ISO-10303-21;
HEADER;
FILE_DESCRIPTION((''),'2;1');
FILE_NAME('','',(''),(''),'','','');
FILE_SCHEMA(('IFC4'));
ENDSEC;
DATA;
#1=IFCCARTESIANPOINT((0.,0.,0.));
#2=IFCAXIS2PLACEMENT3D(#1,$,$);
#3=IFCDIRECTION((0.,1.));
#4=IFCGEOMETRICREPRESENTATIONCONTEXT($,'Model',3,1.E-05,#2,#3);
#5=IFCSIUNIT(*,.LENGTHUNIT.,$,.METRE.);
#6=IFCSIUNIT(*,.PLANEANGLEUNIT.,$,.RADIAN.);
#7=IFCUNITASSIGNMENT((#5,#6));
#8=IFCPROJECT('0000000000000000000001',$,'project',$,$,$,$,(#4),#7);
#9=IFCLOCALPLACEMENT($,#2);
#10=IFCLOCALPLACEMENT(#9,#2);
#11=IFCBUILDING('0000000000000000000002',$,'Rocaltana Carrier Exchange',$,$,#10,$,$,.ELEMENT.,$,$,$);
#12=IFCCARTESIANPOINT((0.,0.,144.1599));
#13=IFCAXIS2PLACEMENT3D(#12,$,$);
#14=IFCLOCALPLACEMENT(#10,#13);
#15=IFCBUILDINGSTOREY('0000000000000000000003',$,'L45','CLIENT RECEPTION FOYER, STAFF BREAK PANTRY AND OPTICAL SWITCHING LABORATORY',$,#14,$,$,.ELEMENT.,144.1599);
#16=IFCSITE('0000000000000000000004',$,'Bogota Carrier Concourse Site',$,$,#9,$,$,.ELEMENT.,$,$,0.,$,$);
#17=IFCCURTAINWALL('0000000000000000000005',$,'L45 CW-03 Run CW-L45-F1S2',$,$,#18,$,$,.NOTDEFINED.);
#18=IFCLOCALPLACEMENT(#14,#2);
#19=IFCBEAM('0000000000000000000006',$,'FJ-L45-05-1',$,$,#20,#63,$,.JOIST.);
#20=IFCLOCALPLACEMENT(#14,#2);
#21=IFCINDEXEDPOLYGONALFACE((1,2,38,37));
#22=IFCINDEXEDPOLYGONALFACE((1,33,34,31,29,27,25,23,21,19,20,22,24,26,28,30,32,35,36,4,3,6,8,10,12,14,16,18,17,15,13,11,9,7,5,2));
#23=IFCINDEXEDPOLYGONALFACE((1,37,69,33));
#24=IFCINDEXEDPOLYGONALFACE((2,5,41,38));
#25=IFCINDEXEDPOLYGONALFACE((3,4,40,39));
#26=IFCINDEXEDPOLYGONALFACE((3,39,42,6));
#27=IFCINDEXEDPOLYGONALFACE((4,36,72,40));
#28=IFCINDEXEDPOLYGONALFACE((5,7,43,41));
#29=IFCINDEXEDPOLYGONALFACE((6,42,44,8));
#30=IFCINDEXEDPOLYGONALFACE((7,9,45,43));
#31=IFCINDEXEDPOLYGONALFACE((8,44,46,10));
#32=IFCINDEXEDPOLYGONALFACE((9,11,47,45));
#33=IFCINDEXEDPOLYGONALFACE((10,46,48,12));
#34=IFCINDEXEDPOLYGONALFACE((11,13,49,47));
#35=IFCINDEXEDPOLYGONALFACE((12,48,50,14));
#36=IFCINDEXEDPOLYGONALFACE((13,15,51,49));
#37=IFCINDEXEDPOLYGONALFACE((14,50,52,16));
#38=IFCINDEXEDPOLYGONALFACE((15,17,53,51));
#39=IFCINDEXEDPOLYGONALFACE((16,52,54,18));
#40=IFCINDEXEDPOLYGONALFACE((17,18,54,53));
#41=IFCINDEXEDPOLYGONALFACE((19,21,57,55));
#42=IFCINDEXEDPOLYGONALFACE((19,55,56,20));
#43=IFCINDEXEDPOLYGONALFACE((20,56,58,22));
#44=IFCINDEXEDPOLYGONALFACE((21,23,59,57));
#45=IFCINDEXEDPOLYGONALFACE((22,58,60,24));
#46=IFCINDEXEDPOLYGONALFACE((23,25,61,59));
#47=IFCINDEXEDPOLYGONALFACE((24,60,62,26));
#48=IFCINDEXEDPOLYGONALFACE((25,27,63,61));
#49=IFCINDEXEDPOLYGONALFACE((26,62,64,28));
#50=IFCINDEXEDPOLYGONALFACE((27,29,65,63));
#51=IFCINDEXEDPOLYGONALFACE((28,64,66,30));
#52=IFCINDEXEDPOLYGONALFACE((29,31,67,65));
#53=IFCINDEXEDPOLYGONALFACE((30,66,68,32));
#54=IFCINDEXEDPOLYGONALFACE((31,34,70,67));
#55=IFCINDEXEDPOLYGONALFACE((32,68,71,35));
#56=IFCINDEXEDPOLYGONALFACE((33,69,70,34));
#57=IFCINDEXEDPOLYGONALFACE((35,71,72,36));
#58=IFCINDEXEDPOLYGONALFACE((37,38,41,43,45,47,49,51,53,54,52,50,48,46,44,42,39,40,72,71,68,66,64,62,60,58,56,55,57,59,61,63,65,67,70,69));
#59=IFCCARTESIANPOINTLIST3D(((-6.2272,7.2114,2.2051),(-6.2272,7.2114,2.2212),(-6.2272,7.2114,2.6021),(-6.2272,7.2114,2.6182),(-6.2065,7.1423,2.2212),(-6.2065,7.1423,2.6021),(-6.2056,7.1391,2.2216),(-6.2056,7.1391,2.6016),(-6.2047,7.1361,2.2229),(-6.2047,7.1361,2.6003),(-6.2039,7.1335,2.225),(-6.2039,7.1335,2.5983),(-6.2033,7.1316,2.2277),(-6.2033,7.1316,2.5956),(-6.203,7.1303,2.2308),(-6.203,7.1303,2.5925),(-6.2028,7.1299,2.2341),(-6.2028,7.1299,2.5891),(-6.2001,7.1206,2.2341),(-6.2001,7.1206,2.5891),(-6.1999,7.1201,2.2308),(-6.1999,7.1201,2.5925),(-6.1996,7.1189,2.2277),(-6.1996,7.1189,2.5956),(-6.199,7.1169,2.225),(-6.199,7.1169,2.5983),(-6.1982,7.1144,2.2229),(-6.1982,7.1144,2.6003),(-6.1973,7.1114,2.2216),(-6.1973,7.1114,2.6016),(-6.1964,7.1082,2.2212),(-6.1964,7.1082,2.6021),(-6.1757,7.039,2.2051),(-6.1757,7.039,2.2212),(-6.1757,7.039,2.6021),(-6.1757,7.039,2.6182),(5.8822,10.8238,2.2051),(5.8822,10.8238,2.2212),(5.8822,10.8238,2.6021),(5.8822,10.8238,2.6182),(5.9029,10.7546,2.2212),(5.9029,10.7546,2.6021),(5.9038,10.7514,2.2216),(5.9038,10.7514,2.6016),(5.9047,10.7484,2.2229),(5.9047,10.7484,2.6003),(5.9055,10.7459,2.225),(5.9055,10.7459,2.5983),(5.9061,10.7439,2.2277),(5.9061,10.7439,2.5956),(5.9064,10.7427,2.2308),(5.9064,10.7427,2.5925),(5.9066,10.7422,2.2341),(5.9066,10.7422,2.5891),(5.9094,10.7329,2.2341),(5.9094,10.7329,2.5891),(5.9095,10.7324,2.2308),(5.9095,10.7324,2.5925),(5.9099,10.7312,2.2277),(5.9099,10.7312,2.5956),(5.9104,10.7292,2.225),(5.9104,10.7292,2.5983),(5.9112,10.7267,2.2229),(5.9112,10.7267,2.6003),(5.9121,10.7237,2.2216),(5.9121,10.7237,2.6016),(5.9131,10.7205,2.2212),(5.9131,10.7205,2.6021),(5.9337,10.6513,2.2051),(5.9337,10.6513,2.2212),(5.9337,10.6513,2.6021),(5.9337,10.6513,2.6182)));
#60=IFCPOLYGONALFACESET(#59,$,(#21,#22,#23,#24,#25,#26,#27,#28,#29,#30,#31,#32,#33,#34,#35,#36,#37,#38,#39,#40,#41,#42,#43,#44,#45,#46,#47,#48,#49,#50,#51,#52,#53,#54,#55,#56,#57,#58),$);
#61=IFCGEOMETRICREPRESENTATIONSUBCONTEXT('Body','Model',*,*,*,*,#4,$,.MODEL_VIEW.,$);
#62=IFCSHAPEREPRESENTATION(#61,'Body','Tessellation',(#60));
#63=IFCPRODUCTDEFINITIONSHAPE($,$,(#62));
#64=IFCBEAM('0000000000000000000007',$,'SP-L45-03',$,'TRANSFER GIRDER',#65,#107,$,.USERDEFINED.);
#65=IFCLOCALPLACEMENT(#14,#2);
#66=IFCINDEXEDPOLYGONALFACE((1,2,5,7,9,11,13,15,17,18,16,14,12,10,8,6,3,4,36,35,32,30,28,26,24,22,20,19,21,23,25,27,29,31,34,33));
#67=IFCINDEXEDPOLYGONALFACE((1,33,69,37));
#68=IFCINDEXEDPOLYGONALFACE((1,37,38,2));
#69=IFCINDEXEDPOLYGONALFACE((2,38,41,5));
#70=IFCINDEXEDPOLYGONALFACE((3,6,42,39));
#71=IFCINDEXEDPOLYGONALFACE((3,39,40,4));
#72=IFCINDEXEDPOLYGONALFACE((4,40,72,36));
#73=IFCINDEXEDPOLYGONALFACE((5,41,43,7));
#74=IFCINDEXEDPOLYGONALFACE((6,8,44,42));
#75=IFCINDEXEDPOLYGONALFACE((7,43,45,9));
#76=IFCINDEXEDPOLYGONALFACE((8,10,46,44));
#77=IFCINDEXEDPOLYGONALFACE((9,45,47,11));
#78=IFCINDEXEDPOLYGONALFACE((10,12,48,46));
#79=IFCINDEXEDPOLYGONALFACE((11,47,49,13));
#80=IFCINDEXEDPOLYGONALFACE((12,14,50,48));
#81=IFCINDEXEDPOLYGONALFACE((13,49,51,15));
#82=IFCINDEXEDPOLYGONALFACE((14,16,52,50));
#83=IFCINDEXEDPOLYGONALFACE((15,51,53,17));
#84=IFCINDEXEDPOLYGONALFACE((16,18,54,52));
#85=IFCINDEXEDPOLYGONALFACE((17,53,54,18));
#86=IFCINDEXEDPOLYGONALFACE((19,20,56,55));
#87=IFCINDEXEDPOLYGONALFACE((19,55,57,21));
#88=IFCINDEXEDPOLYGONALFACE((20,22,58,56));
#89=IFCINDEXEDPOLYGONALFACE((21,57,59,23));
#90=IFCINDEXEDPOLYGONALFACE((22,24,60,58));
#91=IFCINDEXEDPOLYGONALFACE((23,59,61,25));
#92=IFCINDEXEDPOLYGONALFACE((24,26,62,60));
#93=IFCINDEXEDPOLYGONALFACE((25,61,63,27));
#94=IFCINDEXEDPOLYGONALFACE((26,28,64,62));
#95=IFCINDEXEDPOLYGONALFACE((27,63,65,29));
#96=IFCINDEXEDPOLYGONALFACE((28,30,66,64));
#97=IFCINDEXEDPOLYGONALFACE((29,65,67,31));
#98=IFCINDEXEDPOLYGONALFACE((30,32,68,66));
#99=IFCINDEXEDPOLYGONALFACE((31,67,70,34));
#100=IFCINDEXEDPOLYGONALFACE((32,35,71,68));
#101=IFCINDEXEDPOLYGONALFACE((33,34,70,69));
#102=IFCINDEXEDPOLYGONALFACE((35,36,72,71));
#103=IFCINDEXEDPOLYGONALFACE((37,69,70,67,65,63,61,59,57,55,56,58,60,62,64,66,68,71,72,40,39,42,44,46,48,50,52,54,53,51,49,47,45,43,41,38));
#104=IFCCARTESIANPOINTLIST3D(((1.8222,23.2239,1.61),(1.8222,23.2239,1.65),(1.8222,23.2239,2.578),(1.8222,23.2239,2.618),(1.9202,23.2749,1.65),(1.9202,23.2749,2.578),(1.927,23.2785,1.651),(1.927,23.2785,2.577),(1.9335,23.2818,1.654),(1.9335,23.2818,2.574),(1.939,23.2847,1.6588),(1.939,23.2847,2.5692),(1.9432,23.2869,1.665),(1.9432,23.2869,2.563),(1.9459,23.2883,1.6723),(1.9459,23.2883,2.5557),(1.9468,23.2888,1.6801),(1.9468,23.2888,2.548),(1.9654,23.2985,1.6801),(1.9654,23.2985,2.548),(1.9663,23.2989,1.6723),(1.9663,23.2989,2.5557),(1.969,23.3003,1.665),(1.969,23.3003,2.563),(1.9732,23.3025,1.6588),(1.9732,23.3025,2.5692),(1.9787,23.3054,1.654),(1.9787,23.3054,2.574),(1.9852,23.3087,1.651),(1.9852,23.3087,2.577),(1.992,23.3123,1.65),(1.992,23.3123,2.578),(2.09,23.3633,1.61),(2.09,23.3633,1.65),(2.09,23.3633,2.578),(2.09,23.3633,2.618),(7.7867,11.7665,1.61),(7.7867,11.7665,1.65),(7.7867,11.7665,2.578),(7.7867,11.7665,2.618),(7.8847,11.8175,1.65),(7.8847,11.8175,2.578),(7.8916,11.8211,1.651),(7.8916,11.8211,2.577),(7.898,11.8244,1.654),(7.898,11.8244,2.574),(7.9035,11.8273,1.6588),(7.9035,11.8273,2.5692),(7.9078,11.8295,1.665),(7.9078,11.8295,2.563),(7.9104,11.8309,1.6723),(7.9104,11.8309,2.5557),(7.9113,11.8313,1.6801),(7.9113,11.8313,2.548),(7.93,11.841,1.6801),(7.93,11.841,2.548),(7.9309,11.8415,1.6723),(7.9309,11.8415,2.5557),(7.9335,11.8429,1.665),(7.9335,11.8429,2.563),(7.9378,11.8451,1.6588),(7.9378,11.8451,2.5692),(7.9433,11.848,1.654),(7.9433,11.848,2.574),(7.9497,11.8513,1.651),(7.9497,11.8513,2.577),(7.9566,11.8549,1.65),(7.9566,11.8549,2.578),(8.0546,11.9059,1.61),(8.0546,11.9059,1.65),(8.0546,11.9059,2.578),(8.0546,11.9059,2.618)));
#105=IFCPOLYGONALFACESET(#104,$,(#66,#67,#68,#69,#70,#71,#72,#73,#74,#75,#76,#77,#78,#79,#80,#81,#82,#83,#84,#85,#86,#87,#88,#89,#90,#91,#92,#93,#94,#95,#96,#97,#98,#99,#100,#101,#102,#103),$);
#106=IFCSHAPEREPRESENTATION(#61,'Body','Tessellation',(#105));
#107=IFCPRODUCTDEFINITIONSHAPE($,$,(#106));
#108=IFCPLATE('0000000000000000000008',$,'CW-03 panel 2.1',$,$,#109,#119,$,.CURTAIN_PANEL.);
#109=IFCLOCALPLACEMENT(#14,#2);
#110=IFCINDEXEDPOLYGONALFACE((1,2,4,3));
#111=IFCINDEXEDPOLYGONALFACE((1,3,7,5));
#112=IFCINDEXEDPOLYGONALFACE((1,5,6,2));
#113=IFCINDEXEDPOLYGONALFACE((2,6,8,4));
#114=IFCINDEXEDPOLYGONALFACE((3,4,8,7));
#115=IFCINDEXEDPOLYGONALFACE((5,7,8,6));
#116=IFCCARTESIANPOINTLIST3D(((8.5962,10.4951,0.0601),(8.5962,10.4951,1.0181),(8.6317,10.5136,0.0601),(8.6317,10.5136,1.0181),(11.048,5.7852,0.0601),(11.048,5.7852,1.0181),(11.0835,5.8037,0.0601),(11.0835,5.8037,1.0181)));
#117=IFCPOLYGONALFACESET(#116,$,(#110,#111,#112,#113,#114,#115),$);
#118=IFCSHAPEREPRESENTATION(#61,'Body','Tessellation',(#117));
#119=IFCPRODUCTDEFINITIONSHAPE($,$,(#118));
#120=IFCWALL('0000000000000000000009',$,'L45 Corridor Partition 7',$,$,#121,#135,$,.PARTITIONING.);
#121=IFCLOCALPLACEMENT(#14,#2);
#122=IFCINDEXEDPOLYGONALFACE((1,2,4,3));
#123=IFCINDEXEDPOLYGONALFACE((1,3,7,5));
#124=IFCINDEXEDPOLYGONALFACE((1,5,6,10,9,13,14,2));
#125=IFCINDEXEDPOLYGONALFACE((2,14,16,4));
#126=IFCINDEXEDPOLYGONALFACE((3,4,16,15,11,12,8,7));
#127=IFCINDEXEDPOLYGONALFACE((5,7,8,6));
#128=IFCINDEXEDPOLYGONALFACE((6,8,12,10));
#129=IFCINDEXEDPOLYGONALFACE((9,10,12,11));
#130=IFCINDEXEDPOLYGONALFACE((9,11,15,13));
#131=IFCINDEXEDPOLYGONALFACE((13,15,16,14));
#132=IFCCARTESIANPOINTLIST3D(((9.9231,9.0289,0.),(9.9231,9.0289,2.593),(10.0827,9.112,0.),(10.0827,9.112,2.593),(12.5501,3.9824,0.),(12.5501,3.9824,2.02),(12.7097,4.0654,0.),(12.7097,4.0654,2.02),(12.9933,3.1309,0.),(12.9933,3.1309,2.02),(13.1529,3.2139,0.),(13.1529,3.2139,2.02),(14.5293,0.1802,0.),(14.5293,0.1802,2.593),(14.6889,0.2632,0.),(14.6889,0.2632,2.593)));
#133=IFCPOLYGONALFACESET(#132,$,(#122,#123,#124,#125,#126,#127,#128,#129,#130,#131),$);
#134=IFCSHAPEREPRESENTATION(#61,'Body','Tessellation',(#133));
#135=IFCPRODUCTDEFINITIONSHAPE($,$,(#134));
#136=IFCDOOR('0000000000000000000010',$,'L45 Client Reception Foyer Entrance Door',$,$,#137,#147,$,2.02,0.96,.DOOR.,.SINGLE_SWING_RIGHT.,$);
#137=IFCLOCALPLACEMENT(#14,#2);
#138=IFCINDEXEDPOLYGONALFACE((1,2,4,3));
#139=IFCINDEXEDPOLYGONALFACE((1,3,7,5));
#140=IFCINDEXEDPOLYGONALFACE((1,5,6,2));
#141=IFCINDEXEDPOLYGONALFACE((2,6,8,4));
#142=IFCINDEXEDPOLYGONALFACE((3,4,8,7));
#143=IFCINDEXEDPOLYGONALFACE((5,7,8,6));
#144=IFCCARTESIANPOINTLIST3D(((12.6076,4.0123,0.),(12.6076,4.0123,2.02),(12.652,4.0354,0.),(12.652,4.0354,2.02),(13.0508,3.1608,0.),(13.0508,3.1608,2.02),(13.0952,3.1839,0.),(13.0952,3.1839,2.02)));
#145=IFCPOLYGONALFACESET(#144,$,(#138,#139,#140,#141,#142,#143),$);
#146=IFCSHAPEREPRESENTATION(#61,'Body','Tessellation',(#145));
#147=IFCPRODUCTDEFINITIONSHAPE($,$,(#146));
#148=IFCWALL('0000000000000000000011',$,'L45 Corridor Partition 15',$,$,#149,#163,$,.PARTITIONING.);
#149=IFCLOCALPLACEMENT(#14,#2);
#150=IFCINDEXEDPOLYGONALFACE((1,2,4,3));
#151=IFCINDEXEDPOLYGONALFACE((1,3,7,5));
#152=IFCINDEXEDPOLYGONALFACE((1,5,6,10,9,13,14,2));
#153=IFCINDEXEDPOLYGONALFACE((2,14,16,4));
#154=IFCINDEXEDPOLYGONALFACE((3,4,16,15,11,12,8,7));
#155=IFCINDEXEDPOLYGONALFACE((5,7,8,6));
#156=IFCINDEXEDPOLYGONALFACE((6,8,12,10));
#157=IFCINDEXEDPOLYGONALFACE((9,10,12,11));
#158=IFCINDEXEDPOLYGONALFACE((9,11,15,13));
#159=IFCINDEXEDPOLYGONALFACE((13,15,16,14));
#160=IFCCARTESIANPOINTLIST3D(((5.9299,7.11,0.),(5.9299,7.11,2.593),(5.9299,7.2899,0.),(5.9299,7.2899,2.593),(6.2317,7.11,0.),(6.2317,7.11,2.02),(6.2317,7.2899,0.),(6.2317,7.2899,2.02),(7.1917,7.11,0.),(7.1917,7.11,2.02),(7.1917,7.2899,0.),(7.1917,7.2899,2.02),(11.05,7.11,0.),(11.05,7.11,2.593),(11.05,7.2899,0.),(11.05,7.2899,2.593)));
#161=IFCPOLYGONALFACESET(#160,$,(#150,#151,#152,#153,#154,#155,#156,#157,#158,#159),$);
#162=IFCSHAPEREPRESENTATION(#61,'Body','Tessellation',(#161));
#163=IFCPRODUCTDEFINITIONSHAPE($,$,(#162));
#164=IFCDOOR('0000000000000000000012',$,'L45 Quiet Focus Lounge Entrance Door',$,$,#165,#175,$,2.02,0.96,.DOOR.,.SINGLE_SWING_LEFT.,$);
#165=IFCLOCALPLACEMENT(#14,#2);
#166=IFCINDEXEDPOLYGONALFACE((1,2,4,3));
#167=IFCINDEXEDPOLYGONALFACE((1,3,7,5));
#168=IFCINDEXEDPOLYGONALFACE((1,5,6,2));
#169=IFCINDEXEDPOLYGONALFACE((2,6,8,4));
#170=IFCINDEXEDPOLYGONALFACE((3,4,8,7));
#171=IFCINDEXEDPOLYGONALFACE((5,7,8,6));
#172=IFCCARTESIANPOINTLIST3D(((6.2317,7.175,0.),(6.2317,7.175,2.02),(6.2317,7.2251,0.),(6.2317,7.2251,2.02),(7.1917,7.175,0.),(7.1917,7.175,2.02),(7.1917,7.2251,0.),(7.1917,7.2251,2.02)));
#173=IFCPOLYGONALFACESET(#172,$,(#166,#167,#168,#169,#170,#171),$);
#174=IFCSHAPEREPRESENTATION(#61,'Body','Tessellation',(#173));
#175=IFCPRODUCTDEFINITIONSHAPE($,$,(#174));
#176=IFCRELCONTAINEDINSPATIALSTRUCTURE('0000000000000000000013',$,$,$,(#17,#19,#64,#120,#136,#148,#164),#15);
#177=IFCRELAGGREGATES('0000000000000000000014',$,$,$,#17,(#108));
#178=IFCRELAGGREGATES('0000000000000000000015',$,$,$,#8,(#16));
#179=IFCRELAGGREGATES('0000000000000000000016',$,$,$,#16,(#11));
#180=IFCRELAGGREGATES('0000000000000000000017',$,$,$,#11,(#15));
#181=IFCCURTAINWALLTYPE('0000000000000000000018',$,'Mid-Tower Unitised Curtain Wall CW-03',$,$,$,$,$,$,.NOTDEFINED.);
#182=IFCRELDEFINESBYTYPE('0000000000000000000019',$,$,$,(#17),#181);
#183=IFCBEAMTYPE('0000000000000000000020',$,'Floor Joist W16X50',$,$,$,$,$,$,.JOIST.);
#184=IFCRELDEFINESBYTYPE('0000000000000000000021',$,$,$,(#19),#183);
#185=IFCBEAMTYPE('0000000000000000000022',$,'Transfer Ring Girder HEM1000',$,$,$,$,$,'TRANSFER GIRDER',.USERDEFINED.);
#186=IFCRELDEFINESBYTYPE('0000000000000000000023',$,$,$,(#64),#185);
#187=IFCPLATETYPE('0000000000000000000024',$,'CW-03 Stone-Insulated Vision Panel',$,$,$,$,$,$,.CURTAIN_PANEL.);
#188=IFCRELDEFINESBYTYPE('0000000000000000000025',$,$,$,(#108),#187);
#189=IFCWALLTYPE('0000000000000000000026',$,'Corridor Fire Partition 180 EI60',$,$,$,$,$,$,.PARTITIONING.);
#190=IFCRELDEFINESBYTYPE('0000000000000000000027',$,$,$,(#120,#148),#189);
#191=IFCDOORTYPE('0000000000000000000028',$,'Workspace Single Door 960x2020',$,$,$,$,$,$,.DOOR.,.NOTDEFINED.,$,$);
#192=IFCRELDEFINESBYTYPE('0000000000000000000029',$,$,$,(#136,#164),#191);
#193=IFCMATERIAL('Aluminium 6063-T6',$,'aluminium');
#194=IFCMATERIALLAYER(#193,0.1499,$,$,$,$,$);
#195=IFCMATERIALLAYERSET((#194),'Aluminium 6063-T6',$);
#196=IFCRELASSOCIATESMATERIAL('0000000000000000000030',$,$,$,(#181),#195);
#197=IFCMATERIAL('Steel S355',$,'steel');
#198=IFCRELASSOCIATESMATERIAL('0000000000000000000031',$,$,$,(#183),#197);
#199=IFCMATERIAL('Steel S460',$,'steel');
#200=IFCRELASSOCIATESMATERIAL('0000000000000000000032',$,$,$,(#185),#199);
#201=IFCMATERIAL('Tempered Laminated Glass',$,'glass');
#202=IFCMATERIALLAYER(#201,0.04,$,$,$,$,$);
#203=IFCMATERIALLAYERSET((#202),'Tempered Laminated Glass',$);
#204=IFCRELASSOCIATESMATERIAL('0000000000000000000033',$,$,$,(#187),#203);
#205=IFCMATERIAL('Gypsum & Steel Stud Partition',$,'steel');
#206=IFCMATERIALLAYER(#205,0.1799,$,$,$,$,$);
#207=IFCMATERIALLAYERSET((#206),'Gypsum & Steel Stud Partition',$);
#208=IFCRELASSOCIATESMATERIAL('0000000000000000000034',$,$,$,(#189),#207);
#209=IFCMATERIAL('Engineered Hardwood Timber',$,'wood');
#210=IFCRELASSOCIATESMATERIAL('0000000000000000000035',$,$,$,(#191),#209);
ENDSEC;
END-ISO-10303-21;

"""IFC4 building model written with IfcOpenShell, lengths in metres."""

from ifc_helpers import new_model, si_unit, direction, frame, frame_2d, origin, origin_2d, place, context, subcontext, project, spatial, rectangle, i_section, extrude, material, layer, layer_set, material_profile, profile_set, type_object, element, fill, aggregate, save


model = new_model("IFC4")

# Units and contexts
model_context = context("Model", 3, precision=1e-05, world=origin(), true_north=direction((0.0, 1.0)))
body_context = subcontext(model_context, "Body", "Model", "MODEL_VIEW")
ifc_project = project(units=[si_unit("LENGTHUNIT", "METRE"), si_unit("PLANEANGLEUNIT", "RADIAN")], contexts=[model_context])

# Site, building, storey
site_placement = place(None, origin())
site = spatial("IfcSite", under=ifc_project, at=site_placement, Name="Bogota Carrier Concourse Site", CompositionType="ELEMENT", RefElevation=0.0)
building_placement = place(site_placement, origin())
building = spatial("IfcBuilding", under=site, at=building_placement, Name="Rocaltana Carrier Exchange", CompositionType="ELEMENT")
storey_placement = place(building_placement, frame((0.0, 0.0, 144.1599)))
storey = spatial("IfcBuildingStorey", under=building, at=storey_placement, Name="L45", Description="CLIENT RECEPTION FOYER, STAFF BREAK PANTRY AND OPTICAL SWITCHING LABORATORY", CompositionType="ELEMENT", Elevation=144.1599)

# Curtain wall
ifc_material_1 = material(Name="Aluminium 6063-T6", Category="aluminium")
ifc_layer_1 = layer(ifc_material_1, 0.1499)
ifc_layer_set_1 = layer_set([ifc_layer_1], Name="Aluminium 6063-T6")
curtain_wall_type = type_object("IfcCurtainWallType", Name="Mid-Tower Unitised Curtain Wall CW-03", PredefinedType="NOTDEFINED", material=ifc_layer_set_1)
curtain_wall_placement = place(storey_placement, origin())
curtain_wall = element("IfcCurtainWall", 1, at=curtain_wall_placement, inside=storey, type_object=curtain_wall_type, Name="L45 CW-03 Run CW-L45-F1S2", PredefinedType="NOTDEFINED")

# Beams
ifc_material_2 = material(Name="Steel S355", Category="steel")
ifc_material_profile_1 = material_profile(ifc_material_2, i_section(OverallWidth=0.1799, OverallDepth=0.4131, WebThickness=0.0098, FlangeThickness=0.0161, FilletRadius=0.0129, at=origin_2d()), Name="W16X50")
ifc_profile_set_1 = profile_set([ifc_material_profile_1], Name="Steel S355")
beam_type_1 = type_object("IfcBeamType", Name="Floor Joist W16X50", PredefinedType="JOIST", material=ifc_profile_set_1)
beam_1_placement = place(storey_placement, frame((5.908, 10.7375, 2.4116), z_axis=(-0.958272, -0.285859, 0.0), x_axis=(0.285859, -0.958272, 0.0)))
element("IfcBeam", 2, at=beam_1_placement, inside=storey, type_object=beam_type_1, Name="FJ-L45-05-1", PredefinedType="JOIST", context=body_context, shape_type="SweptSolid", body=[
    extrude(i_section(OverallWidth=0.1799, OverallDepth=0.4131, WebThickness=0.0098, FlangeThickness=0.0161, FilletRadius=0.0129, at=origin_2d()), origin(), (0.0, 0.0, 1.0), 12.6367),
])
ifc_material_3 = material(Name="Steel S460", Category="steel")
ifc_material_profile_2 = material_profile(ifc_material_3, i_section(OverallWidth=0.302, OverallDepth=1.0081, WebThickness=0.021, FlangeThickness=0.04, FilletRadius=0.03, at=origin_2d()), Name="HEM1000")
ifc_profile_set_2 = profile_set([ifc_material_profile_2], Name="Steel S460")
beam_type_2 = type_object("IfcBeamType", Name="Transfer Ring Girder HEM1000", ElementType="TRANSFER GIRDER", PredefinedType="USERDEFINED", material=ifc_profile_set_2)
beam_2_placement = place(storey_placement, frame((7.9207, 11.8362, 2.114), z_axis=(-0.46176, 0.887005, 0.0), x_axis=(-0.887005, -0.46176, 0.0)))
element("IfcBeam", 3, at=beam_2_placement, inside=storey, type_object=beam_type_2, Name="SP-L45-03", ObjectType="TRANSFER GIRDER", PredefinedType="USERDEFINED", context=body_context, shape_type="SweptSolid", body=[
    extrude(i_section(OverallWidth=0.302, OverallDepth=1.0081, WebThickness=0.021, FlangeThickness=0.04, FilletRadius=0.03, at=origin_2d()), origin(), (0.0, 0.0, 1.0), 12.917),
])

# Plate
ifc_material_4 = material(Name="Tempered Laminated Glass", Category="glass")
ifc_layer_2 = layer(ifc_material_4, 0.04)
ifc_layer_set_2 = layer_set([ifc_layer_2], Name="Tempered Laminated Glass")
plate_type = type_object("IfcPlateType", Name="CW-03 Stone-Insulated Vision Panel", PredefinedType="CURTAIN_PANEL", material=ifc_layer_set_2)
plate_placement = place(storey_placement, frame((9.8398, 8.1494, 0.0601), z_axis=(0.0, 0.0, 1.0), x_axis=(-0.461747, 0.887012, 0.0)))
plate = element("IfcPlate", 4, at=plate_placement, type_object=plate_type, Name="CW-03 panel 2.1", PredefinedType="CURTAIN_PANEL", context=body_context, shape_type="SweptSolid", body=[
    extrude(rectangle(XDim=5.3098, YDim=0.04, at=origin_2d()), origin(), (0.0, 0.0, 1.0), 0.958),
])
aggregate(curtain_wall, [plate])

# Walls, openings, doors
ifc_material_5 = material(Name="Gypsum & Steel Stud Partition", Category="steel")
ifc_layer_3 = layer(ifc_material_5, 0.1799)
ifc_layer_set_3 = layer_set([ifc_layer_3], Name="Gypsum & Steel Stud Partition")
wall_type_1 = type_object("IfcWallType", Name="Corridor Fire Partition 180 EI60", PredefinedType="PARTITIONING", material=ifc_layer_set_3)
wall_1_placement = place(storey_placement, frame((10.0029, 9.0703, 0.0), z_axis=(0.0, 0.0, 1.0), x_axis=(0.46174, -0.887015, 0.0)))
wall_1 = element("IfcWall", 5, at=wall_1_placement, inside=storey, type_object=wall_type_1, Name="L45 Corridor Partition 7", PredefinedType="PARTITIONING", context=body_context, shape_type="SweptSolid", body=[
    extrude(rectangle(XDim=9.9758, YDim=0.1799, at=frame_2d((4.9878, 0.0))), origin(), (0.0, 0.0, 1.0), 2.593),
])
opening_1_placement = place(wall_1_placement, frame((5.6892, 0.0, 0.0)))
opening_1 = element("IfcOpeningElement", 6, at=opening_1_placement, cuts=wall_1, PredefinedType="OPENING", context=body_context, shape_type="SweptSolid", body=[
    extrude(rectangle(XDim=0.96, YDim=2.02, at=frame_2d((0.48, 1.01))), frame((0.0, 0.0999, 0.0), z_axis=(0.0, -1.0, 0.0), x_axis=(1.0, 0.0, 0.0)), (0.0, 0.0, 1.0), 0.2),
])
ifc_material_6 = material(Name="Engineered Hardwood Timber", Category="wood")
door_type_1 = type_object("IfcDoorType", Name="Workspace Single Door 960x2020", OperationType="NOTDEFINED", PredefinedType="DOOR", material=ifc_material_6)
door_1_placement = place(opening_1_placement, origin())
door_1 = element("IfcDoor", 7, at=door_1_placement, inside=storey, type_object=door_type_1, Name="L45 Client Reception Foyer Entrance Door", OperationType="SINGLE_SWING_RIGHT", OverallHeight=2.02, OverallWidth=0.96, PredefinedType="DOOR", context=body_context, shape_type="SweptSolid", body=[
    extrude(rectangle(XDim=0.96, YDim=2.02, at=frame_2d((0.48, 1.01))), frame((0.0, 0.0249, 0.0), z_axis=(0.0, -1.0, 0.0), x_axis=(1.0, 0.0, 0.0)), (0.0, 0.0, 1.0), 0.05),
])
fill(opening_1, door_1)
wall_2_placement = place(storey_placement, frame((11.05, 7.2, 0.0), z_axis=(0.0, 0.0, 1.0), x_axis=(-1.0, 0.0, 0.0)))
wall_2 = element("IfcWall", 8, at=wall_2_placement, inside=storey, type_object=wall_type_1, Name="L45 Corridor Partition 15", PredefinedType="PARTITIONING", context=body_context, shape_type="SweptSolid", body=[
    extrude(rectangle(XDim=5.1201, YDim=0.1799, at=frame_2d((2.5601, 0.0))), origin(), (0.0, 0.0, 1.0), 2.593),
])
opening_2_placement = place(wall_2_placement, frame((3.8584, 0.0, 0.0)))
opening_2 = element("IfcOpeningElement", 9, at=opening_2_placement, cuts=wall_2, PredefinedType="OPENING", context=body_context, shape_type="SweptSolid", body=[
    extrude(rectangle(XDim=0.96, YDim=2.02, at=frame_2d((0.48, 1.01))), frame((0.0, 0.0999, 0.0), z_axis=(0.0, -1.0, 0.0), x_axis=(1.0, 0.0, 0.0)), (0.0, 0.0, 1.0), 0.2),
])
door_2_placement = place(opening_2_placement, origin())
door_2 = element("IfcDoor", 10, at=door_2_placement, inside=storey, type_object=door_type_1, Name="L45 Quiet Focus Lounge Entrance Door", OperationType="SINGLE_SWING_LEFT", OverallHeight=2.02, OverallWidth=0.96, PredefinedType="DOOR", context=body_context, shape_type="SweptSolid", body=[
    extrude(rectangle(XDim=0.96, YDim=2.02, at=frame_2d((0.48, 1.01))), frame((0.0, 0.0249, 0.0), z_axis=(0.0, -1.0, 0.0), x_axis=(1.0, 0.0, 0.0)), (0.0, 0.0, 1.0), 0.05),
])
fill(opening_2, door_2)

save(model, "model.ifc")
